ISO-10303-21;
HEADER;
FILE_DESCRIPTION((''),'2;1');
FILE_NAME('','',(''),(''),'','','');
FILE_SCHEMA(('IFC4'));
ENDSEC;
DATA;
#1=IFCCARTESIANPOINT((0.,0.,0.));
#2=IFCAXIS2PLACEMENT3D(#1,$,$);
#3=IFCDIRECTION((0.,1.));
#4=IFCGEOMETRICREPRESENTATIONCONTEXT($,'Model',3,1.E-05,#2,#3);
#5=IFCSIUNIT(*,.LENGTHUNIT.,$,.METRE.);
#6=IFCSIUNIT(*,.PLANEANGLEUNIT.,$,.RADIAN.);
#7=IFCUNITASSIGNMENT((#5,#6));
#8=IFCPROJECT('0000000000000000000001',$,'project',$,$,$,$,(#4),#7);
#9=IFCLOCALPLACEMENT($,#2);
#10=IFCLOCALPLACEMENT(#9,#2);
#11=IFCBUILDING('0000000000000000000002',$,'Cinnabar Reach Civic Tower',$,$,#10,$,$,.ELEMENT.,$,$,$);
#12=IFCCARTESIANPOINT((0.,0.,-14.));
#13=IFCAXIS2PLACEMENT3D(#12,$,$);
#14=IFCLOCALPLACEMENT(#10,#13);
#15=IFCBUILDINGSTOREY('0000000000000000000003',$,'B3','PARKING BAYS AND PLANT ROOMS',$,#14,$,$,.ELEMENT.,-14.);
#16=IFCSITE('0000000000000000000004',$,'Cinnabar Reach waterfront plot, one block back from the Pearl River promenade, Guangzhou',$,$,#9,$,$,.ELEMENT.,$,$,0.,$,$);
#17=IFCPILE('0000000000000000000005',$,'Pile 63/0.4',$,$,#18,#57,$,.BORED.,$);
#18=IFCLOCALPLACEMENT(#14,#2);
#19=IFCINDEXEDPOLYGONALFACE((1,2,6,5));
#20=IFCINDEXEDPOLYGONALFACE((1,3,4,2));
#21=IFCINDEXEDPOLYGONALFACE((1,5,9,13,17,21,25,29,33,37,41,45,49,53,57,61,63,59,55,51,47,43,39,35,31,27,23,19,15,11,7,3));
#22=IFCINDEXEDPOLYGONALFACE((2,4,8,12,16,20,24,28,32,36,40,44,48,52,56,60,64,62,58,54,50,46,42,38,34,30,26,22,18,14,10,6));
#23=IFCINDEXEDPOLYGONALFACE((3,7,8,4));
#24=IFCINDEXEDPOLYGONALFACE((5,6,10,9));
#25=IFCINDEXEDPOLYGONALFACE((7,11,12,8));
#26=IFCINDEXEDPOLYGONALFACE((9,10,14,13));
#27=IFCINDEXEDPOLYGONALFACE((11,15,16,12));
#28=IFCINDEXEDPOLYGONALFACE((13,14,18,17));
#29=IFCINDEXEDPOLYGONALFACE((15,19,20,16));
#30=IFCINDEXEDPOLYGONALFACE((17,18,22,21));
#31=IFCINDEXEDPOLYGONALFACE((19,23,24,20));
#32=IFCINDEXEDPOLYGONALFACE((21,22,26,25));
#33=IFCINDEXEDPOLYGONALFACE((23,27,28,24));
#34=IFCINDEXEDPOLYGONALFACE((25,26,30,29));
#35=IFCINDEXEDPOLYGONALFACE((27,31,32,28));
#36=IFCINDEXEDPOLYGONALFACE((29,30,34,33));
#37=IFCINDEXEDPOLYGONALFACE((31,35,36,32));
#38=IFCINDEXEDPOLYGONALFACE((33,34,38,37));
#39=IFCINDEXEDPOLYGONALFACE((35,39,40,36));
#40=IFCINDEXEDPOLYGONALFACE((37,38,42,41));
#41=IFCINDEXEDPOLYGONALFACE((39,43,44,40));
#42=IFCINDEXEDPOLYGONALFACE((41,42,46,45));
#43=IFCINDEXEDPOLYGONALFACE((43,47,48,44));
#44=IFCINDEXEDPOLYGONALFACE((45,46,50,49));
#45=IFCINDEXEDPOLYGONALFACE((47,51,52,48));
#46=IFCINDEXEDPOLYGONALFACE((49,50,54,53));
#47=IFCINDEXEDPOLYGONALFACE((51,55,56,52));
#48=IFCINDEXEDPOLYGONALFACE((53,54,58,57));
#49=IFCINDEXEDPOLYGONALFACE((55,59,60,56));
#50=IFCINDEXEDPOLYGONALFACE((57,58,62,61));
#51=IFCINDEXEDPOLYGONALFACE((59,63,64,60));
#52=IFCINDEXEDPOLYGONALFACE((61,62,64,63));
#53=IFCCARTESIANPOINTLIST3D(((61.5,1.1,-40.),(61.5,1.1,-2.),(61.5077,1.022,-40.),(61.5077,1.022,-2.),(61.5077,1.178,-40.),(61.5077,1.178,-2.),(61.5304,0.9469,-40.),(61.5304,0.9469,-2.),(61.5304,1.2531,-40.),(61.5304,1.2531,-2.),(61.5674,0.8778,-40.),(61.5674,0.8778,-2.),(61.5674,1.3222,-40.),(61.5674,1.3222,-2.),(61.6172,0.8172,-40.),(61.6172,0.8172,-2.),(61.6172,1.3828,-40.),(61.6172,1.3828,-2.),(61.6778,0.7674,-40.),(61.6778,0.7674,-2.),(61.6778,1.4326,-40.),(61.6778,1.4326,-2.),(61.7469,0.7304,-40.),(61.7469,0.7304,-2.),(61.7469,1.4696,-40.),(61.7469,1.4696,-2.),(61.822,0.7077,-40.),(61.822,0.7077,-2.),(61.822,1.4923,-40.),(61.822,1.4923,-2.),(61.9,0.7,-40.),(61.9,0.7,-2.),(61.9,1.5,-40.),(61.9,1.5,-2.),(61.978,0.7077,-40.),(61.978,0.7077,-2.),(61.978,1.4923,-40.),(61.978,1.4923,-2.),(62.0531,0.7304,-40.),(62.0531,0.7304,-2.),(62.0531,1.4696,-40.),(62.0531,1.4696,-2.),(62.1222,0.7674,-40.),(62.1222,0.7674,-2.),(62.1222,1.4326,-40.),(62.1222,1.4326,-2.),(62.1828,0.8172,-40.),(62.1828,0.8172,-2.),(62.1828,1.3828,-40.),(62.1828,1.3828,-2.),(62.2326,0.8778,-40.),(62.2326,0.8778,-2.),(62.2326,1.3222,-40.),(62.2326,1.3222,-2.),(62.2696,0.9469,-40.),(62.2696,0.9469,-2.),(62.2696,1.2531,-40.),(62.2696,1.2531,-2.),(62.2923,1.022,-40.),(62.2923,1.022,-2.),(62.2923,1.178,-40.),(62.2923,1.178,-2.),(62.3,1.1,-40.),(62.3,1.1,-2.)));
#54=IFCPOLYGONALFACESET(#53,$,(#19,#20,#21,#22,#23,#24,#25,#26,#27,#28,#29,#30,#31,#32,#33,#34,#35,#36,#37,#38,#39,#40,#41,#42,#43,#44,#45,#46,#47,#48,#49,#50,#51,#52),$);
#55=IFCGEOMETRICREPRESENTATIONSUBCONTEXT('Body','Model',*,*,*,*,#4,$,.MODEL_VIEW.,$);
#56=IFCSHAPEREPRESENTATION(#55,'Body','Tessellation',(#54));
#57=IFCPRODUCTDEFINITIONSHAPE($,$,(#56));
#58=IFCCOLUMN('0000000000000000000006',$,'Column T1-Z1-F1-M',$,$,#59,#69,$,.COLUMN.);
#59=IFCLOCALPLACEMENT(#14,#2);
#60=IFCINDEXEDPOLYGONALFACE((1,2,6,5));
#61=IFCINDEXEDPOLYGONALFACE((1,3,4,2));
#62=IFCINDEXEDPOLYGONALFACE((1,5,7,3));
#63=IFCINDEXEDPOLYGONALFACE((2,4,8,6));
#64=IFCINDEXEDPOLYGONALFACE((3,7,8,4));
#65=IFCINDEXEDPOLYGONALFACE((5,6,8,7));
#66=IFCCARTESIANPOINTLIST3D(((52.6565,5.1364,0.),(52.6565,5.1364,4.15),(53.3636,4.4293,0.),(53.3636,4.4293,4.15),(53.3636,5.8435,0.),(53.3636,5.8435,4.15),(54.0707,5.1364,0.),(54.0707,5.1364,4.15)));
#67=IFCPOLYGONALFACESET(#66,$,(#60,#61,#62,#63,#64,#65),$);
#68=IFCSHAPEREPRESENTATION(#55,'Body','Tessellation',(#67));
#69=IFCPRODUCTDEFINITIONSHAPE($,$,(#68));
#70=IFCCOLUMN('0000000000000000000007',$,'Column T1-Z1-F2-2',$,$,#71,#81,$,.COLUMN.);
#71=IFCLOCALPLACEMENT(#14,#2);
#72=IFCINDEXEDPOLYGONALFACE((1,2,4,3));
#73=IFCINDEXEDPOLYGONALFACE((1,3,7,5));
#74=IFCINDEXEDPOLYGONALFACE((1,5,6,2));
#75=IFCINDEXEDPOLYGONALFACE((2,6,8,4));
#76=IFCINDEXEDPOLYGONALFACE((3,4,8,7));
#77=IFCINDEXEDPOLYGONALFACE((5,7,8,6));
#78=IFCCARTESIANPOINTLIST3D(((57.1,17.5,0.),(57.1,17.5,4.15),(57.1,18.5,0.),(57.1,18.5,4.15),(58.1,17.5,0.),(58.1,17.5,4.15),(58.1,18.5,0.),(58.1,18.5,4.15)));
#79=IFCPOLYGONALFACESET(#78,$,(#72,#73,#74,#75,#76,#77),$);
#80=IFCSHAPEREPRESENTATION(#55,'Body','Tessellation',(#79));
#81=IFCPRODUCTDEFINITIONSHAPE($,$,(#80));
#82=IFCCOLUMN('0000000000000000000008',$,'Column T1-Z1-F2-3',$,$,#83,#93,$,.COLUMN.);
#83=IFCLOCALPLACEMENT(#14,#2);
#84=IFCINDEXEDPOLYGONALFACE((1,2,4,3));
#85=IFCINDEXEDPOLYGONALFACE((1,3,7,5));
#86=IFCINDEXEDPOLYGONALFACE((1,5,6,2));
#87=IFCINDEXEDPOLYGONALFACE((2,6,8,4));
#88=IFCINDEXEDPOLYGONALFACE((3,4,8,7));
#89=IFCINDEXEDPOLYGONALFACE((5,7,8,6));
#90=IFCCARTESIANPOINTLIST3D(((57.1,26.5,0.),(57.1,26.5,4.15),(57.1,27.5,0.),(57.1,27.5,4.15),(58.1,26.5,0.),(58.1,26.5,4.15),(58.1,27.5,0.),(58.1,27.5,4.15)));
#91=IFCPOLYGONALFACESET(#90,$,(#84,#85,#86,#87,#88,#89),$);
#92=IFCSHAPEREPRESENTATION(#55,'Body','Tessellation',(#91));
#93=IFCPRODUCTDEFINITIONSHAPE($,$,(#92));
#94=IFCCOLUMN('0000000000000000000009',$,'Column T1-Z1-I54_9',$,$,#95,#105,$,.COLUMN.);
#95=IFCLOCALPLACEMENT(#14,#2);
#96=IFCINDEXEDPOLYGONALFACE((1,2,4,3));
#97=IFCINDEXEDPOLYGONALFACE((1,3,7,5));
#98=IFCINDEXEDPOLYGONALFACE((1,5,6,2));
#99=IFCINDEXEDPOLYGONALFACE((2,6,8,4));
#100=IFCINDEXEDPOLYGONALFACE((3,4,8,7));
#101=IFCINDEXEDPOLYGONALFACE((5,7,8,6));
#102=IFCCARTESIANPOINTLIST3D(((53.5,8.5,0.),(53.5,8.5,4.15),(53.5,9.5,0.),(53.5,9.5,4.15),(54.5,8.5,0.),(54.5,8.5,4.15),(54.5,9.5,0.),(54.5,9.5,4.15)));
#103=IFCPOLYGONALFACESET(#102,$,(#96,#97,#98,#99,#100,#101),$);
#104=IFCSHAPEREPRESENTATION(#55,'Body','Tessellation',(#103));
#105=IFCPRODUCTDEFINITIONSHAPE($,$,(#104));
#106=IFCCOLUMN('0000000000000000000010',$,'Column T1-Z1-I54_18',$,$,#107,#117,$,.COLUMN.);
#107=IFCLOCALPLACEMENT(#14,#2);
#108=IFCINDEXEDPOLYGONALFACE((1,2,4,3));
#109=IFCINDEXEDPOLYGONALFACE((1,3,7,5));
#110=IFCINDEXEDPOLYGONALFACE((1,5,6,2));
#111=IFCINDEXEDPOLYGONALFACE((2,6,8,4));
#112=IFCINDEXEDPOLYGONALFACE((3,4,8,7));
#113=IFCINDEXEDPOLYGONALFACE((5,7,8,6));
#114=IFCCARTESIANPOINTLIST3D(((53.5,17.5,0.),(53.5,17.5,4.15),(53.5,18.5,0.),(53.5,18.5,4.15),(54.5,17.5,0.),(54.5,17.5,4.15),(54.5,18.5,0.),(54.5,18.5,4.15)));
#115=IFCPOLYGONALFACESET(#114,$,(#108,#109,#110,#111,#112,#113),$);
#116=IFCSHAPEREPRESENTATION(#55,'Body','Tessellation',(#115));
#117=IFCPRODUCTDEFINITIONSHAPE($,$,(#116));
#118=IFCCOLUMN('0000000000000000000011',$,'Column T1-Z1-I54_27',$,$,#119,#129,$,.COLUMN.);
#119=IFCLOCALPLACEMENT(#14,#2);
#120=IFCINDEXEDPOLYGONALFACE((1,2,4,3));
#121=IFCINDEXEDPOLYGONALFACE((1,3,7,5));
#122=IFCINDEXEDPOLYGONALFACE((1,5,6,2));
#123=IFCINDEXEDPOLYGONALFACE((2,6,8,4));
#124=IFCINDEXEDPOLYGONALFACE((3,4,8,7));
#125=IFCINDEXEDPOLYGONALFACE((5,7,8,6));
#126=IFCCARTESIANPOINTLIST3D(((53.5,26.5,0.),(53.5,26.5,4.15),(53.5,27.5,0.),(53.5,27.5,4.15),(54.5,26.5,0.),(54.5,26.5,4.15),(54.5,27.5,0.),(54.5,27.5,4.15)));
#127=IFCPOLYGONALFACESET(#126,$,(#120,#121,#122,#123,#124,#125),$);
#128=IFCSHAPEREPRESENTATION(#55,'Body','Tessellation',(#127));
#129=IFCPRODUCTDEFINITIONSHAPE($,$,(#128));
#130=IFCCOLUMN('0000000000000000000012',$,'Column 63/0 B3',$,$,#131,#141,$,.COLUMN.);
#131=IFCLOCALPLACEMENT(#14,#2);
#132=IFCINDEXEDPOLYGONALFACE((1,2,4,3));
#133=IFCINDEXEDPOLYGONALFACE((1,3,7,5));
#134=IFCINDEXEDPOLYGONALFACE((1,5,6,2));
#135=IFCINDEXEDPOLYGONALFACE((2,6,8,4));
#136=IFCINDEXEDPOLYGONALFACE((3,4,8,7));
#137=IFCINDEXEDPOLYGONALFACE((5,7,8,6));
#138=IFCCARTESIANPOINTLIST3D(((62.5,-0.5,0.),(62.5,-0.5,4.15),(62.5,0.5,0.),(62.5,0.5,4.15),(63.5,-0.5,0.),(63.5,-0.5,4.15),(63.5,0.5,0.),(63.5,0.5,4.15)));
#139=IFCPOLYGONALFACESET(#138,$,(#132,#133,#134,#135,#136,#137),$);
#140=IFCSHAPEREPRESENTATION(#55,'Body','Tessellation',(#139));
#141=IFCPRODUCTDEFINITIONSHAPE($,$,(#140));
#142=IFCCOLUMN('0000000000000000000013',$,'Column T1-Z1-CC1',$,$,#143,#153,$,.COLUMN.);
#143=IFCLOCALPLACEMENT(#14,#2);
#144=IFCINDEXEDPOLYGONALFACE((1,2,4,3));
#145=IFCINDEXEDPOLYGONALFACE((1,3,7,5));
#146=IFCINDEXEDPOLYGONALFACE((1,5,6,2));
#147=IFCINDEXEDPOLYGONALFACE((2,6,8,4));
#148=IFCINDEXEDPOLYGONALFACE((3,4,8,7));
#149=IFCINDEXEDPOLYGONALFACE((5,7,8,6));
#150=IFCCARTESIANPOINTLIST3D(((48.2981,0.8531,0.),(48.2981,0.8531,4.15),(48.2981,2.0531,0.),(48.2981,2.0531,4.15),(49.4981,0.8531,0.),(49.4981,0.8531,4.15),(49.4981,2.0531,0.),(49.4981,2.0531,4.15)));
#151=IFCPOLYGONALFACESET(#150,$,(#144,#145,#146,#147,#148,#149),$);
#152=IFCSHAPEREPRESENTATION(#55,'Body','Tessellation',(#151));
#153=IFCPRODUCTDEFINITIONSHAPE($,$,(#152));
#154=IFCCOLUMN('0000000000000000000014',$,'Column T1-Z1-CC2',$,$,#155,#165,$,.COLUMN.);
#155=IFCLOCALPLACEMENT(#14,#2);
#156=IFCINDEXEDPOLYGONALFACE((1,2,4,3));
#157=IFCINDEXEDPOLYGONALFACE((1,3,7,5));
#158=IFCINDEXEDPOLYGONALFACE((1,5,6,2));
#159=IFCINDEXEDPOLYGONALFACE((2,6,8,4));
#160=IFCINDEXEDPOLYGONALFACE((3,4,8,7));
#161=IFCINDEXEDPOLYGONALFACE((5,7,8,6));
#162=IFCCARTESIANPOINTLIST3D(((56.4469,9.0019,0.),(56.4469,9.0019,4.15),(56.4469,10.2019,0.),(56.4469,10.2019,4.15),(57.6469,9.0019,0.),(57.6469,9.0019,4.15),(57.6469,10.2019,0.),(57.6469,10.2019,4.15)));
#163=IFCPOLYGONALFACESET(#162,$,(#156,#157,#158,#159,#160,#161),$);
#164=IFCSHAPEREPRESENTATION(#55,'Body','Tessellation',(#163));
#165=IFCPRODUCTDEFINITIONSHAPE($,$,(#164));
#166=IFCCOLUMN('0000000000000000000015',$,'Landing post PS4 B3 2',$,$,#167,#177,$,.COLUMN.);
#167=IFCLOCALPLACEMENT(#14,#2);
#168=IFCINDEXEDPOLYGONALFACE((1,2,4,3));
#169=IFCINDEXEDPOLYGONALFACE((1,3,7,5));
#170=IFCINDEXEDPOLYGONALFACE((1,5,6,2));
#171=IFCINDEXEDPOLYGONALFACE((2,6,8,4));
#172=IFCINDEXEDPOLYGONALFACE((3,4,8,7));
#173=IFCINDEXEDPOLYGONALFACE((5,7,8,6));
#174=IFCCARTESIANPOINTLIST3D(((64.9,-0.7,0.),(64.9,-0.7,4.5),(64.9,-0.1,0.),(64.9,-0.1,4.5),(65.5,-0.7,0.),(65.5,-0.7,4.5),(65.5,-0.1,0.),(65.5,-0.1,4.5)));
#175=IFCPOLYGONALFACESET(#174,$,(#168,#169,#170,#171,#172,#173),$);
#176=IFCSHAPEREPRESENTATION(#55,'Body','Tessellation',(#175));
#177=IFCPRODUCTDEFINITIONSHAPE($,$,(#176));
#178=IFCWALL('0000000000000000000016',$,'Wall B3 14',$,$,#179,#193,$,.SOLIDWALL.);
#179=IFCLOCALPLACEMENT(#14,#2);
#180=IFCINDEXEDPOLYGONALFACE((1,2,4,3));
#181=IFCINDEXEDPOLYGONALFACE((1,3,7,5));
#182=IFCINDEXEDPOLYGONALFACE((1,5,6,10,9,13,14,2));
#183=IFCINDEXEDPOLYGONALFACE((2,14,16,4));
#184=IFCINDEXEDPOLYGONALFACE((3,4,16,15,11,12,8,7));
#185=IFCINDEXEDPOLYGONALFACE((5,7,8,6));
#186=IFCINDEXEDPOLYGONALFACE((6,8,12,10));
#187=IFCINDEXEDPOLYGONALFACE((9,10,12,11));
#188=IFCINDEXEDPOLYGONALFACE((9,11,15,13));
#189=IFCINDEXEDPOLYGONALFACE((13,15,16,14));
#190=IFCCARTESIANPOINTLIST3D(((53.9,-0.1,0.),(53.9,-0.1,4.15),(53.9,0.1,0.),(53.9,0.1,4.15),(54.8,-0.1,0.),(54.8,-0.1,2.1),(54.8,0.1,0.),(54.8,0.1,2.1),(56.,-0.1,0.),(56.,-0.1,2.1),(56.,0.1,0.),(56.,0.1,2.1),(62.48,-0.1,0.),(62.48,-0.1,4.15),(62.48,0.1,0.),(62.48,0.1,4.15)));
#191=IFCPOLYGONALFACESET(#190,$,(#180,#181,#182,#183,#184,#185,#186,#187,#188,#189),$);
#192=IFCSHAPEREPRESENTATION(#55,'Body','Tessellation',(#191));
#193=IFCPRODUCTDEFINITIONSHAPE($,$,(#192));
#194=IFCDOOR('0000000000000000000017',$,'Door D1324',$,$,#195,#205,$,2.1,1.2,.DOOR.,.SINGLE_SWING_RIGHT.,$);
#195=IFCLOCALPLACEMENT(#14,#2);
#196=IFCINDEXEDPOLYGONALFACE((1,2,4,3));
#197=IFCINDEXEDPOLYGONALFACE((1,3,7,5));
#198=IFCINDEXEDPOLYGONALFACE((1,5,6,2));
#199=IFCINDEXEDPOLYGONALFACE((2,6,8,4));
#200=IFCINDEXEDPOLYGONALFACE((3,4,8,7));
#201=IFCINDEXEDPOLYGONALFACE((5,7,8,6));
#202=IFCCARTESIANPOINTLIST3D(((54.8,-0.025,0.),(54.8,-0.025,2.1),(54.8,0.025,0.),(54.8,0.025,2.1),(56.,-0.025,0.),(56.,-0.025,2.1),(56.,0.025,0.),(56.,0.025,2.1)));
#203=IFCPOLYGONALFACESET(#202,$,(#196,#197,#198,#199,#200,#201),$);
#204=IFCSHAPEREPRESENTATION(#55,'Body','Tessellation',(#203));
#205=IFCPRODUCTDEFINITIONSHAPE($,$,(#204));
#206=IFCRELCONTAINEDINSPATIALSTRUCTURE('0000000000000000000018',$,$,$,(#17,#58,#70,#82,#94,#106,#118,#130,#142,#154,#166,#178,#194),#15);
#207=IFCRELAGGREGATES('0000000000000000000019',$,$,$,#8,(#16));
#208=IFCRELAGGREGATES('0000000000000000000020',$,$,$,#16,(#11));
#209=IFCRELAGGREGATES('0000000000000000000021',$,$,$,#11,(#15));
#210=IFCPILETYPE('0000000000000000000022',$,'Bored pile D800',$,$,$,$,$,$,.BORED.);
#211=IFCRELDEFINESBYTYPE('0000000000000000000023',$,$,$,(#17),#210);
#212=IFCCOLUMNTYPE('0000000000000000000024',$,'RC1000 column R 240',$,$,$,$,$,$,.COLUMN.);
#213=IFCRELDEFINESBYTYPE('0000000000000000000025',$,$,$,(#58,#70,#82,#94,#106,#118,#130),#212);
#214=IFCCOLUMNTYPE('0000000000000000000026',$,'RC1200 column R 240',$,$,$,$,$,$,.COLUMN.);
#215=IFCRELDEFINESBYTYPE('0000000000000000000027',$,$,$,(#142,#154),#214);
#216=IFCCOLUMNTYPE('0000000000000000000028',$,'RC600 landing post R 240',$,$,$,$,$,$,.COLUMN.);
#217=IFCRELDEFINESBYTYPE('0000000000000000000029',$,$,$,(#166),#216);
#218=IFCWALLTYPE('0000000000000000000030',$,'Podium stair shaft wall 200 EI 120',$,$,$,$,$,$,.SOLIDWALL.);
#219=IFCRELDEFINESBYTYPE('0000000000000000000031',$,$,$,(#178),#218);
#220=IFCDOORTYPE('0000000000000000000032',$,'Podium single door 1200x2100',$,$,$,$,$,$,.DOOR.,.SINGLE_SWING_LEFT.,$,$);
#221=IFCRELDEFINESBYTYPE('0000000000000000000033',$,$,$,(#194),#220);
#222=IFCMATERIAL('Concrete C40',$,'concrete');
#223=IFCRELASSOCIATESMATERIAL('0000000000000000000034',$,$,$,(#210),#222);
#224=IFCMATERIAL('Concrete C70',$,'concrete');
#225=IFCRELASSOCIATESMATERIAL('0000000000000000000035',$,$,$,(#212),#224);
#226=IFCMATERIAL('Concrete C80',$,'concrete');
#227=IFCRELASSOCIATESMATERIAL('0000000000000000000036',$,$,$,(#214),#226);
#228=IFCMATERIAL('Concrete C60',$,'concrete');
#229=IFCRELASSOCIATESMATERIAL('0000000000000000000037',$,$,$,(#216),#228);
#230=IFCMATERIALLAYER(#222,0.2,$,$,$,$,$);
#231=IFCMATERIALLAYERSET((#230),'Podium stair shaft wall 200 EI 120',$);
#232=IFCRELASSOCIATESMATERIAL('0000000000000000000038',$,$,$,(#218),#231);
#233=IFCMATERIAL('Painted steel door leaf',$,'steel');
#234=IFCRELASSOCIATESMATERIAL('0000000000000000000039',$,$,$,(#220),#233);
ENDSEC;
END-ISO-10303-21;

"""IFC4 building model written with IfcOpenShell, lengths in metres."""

from ifc_helpers import new_model, si_unit, direction, frame, frame_2d, origin, origin_2d, place, context, subcontext, project, spatial, rectangle, circle, extrude, material, layer, layer_set, material_profile, profile_set, type_object, element, fill, save


model = new_model("IFC4")

# Units and contexts
model_context = context("Model", 3, precision=1e-05, world=origin(), true_north=direction((0.0, 1.0)))
body_context = subcontext(model_context, "Body", "Model", "MODEL_VIEW")
ifc_project = project(units=[si_unit("LENGTHUNIT", "METRE"), si_unit("PLANEANGLEUNIT", "RADIAN")], contexts=[model_context])

# Site, building, storey
site_placement = place(None, origin())
site = spatial("IfcSite", under=ifc_project, at=site_placement, Name="Cinnabar Reach waterfront plot, one block back from the Pearl River promenade, Guangzhou", CompositionType="ELEMENT", RefElevation=0.0)
building_placement = place(site_placement, origin())
building = spatial("IfcBuilding", under=site, at=building_placement, Name="Cinnabar Reach Civic Tower", CompositionType="ELEMENT")
storey_placement = place(building_placement, frame((0.0, 0.0, -14.0)))
storey = spatial("IfcBuildingStorey", under=building, at=storey_placement, Name="B3", Description="PARKING BAYS AND PLANT ROOMS", CompositionType="ELEMENT", Elevation=-14.0)

# Pile
ifc_material_1 = material(Name="Concrete C40", Category="concrete")
pile_type_1 = type_object("IfcPileType", Name="Bored pile D800", PredefinedType="BORED", material=ifc_material_1)
for number, where, z_axis, x_axis, name in (
    (1, (61.9, 1.1, -2.0), (0.0, 0.0, -1.0), (1.0, 0.0, 0.0), "Pile 63/0.4"),
):
    element("IfcPile", number, at=place(storey_placement, frame(where, z_axis=z_axis, x_axis=x_axis)), inside=storey, type_object=pile_type_1, Name=name, PredefinedType="BORED", context=body_context, shape_type="SweptSolid", body=[
        extrude(circle(Radius=0.4, at=origin_2d()), origin(), (0.0, 0.0, 1.0), 38.0),
    ])

# Columns
ifc_material_2 = material(Name="Concrete C70", Category="concrete")
ifc_material_profile_1 = material_profile(ifc_material_2, rectangle(XDim=1.0, YDim=1.0, at=origin_2d()), Name="RC1000")
ifc_profile_set_1 = profile_set([ifc_material_profile_1], Name="Concrete C70")
column_type_1 = type_object("IfcColumnType", Name="RC1000 column R 240", PredefinedType="COLUMN", material=ifc_profile_set_1)
for number, where, z_axis, x_axis, name in (
    (2, (53.3636, 5.1364, 0.0), (0.0, 0.0, 1.0), (0.707107, 0.707107, 0.0), "Column T1-Z1-F1-M"),
    (3, (57.6, 18.0, 0.0), (0.0, 0.0, 1.0), (1.0, 0.0, 0.0), "Column T1-Z1-F2-2"),
    (4, (57.6, 27.0, 0.0), (0.0, 0.0, 1.0), (1.0, 0.0, 0.0), "Column T1-Z1-F2-3"),
    (5, (54.0, 9.0, 0.0), (0.0, 0.0, 1.0), (1.0, 0.0, 0.0), "Column T1-Z1-I54_9"),
    (6, (54.0, 18.0, 0.0), (0.0, 0.0, 1.0), (1.0, 0.0, 0.0), "Column T1-Z1-I54_18"),
    (7, (54.0, 27.0, 0.0), (0.0, 0.0, 1.0), (1.0, 0.0, 0.0), "Column T1-Z1-I54_27"),
    (8, (63.0, 0.0, 0.0), (0.0, 0.0, 1.0), (1.0, 0.0, 0.0), "Column 63/0 B3"),
):
    element("IfcColumn", number, at=place(storey_placement, frame(where, z_axis=z_axis, x_axis=x_axis)), inside=storey, type_object=column_type_1, Name=name, PredefinedType="COLUMN", context=body_context, shape_type="SweptSolid", body=[
        extrude(rectangle(XDim=1.0, YDim=1.0, at=origin_2d()), origin(), (0.0, 0.0, 1.0), 4.15),
    ])
ifc_material_3 = material(Name="Concrete C80", Category="concrete")
ifc_material_profile_2 = material_profile(ifc_material_3, rectangle(XDim=1.2, YDim=1.2, at=origin_2d()), Name="RC1200")
ifc_profile_set_2 = profile_set([ifc_material_profile_2], Name="Concrete C80")
column_type_2 = type_object("IfcColumnType", Name="RC1200 column R 240", PredefinedType="COLUMN", material=ifc_profile_set_2)
for number, where, z_axis, x_axis, name in (
    (9, (48.8981, 1.4531, 0.0), (0.0, 0.0, 1.0), (1.0, 0.0, 0.0), "Column T1-Z1-CC1"),
    (10, (57.0469, 9.6019, 0.0), (0.0, 0.0, 1.0), (1.0, 0.0, 0.0), "Column T1-Z1-CC2"),
):
    element("IfcColumn", number, at=place(storey_placement, frame(where, z_axis=z_axis, x_axis=x_axis)), inside=storey, type_object=column_type_2, Name=name, PredefinedType="COLUMN", context=body_context, shape_type="SweptSolid", body=[
        extrude(rectangle(XDim=1.2, YDim=1.2, at=origin_2d()), origin(), (0.0, 0.0, 1.0), 4.15),
    ])
ifc_material_4 = material(Name="Concrete C60", Category="concrete")
ifc_material_profile_3 = material_profile(ifc_material_4, rectangle(XDim=0.6, YDim=0.6, at=origin_2d()), Name="RC600")
ifc_profile_set_3 = profile_set([ifc_material_profile_3], Name="Concrete C60")
column_type_3 = type_object("IfcColumnType", Name="RC600 landing post R 240", PredefinedType="COLUMN", material=ifc_profile_set_3)
column_placement = place(storey_placement, frame((65.2, -0.4, 0.0), z_axis=(0.0, 0.0, 1.0), x_axis=(1.0, 0.0, 0.0)))
element("IfcColumn", 11, at=column_placement, inside=storey, type_object=column_type_3, Name="Landing post PS4 B3 2", PredefinedType="COLUMN", context=body_context, shape_type="SweptSolid", body=[
    extrude(rectangle(XDim=0.6, YDim=0.6, at=origin_2d()), origin(), (0.0, 0.0, 1.0), 4.5),
])

# Wall, opening, door
ifc_layer = layer(ifc_material_1, 0.2)
ifc_layer_set = layer_set([ifc_layer], Name="Podium stair shaft wall 200 EI 120")
wall_type = type_object("IfcWallType", Name="Podium stair shaft wall 200 EI 120", PredefinedType="SOLIDWALL", material=ifc_layer_set)
wall_1_placement = place(storey_placement, frame((53.9, 0.0, 0.0), z_axis=(0.0, 0.0, 1.0), x_axis=(1.0, 0.0, 0.0)))
wall_1 = element("IfcWall", 12, at=wall_1_placement, inside=storey, type_object=wall_type, Name="Wall B3 14", PredefinedType="SOLIDWALL", context=body_context, shape_type="SweptSolid", body=[
    extrude(rectangle(XDim=8.58, YDim=0.2, at=frame_2d((4.29, 0.0))), origin(), (0.0, 0.0, 1.0), 4.15),
])
opening_placement = place(wall_1_placement, frame((0.9, 0.0, 0.0)))
opening = element("IfcOpeningElement", 13, at=opening_placement, cuts=wall_1, PredefinedType="OPENING", context=body_context, shape_type="SweptSolid", body=[
    extrude(rectangle(XDim=1.2, YDim=2.1, at=frame_2d((0.6, 1.05))), frame((0.0, 0.11, 0.0), z_axis=(0.0, -1.0, 0.0), x_axis=(1.0, 0.0, 0.0)), (0.0, 0.0, 1.0), 0.22),
])
ifc_material_5 = material(Name="Painted steel door leaf", Category="steel")
door_type = type_object("IfcDoorType", Name="Podium single door 1200x2100", OperationType="SINGLE_SWING_LEFT", PredefinedType="DOOR", material=ifc_material_5)
door_placement = place(opening_placement, frame((1.2, 0.0, 0.0), z_axis=(0.0, 0.0, 1.0), x_axis=(-1.0, 0.0, 0.0)))
door = element("IfcDoor", 14, at=door_placement, inside=storey, type_object=door_type, Name="Door D1324", OperationType="SINGLE_SWING_RIGHT", OverallHeight=2.1, OverallWidth=1.2, PredefinedType="DOOR", context=body_context, shape_type="SweptSolid", body=[
    extrude(rectangle(XDim=1.2, YDim=2.1, at=frame_2d((0.6, 1.05))), frame((0.0, 0.025, 0.0), z_axis=(0.0, -1.0, 0.0), x_axis=(1.0, 0.0, 0.0)), (0.0, 0.0, 1.0), 0.05),
])
fill(opening, door)

save(model, "model.ifc")
